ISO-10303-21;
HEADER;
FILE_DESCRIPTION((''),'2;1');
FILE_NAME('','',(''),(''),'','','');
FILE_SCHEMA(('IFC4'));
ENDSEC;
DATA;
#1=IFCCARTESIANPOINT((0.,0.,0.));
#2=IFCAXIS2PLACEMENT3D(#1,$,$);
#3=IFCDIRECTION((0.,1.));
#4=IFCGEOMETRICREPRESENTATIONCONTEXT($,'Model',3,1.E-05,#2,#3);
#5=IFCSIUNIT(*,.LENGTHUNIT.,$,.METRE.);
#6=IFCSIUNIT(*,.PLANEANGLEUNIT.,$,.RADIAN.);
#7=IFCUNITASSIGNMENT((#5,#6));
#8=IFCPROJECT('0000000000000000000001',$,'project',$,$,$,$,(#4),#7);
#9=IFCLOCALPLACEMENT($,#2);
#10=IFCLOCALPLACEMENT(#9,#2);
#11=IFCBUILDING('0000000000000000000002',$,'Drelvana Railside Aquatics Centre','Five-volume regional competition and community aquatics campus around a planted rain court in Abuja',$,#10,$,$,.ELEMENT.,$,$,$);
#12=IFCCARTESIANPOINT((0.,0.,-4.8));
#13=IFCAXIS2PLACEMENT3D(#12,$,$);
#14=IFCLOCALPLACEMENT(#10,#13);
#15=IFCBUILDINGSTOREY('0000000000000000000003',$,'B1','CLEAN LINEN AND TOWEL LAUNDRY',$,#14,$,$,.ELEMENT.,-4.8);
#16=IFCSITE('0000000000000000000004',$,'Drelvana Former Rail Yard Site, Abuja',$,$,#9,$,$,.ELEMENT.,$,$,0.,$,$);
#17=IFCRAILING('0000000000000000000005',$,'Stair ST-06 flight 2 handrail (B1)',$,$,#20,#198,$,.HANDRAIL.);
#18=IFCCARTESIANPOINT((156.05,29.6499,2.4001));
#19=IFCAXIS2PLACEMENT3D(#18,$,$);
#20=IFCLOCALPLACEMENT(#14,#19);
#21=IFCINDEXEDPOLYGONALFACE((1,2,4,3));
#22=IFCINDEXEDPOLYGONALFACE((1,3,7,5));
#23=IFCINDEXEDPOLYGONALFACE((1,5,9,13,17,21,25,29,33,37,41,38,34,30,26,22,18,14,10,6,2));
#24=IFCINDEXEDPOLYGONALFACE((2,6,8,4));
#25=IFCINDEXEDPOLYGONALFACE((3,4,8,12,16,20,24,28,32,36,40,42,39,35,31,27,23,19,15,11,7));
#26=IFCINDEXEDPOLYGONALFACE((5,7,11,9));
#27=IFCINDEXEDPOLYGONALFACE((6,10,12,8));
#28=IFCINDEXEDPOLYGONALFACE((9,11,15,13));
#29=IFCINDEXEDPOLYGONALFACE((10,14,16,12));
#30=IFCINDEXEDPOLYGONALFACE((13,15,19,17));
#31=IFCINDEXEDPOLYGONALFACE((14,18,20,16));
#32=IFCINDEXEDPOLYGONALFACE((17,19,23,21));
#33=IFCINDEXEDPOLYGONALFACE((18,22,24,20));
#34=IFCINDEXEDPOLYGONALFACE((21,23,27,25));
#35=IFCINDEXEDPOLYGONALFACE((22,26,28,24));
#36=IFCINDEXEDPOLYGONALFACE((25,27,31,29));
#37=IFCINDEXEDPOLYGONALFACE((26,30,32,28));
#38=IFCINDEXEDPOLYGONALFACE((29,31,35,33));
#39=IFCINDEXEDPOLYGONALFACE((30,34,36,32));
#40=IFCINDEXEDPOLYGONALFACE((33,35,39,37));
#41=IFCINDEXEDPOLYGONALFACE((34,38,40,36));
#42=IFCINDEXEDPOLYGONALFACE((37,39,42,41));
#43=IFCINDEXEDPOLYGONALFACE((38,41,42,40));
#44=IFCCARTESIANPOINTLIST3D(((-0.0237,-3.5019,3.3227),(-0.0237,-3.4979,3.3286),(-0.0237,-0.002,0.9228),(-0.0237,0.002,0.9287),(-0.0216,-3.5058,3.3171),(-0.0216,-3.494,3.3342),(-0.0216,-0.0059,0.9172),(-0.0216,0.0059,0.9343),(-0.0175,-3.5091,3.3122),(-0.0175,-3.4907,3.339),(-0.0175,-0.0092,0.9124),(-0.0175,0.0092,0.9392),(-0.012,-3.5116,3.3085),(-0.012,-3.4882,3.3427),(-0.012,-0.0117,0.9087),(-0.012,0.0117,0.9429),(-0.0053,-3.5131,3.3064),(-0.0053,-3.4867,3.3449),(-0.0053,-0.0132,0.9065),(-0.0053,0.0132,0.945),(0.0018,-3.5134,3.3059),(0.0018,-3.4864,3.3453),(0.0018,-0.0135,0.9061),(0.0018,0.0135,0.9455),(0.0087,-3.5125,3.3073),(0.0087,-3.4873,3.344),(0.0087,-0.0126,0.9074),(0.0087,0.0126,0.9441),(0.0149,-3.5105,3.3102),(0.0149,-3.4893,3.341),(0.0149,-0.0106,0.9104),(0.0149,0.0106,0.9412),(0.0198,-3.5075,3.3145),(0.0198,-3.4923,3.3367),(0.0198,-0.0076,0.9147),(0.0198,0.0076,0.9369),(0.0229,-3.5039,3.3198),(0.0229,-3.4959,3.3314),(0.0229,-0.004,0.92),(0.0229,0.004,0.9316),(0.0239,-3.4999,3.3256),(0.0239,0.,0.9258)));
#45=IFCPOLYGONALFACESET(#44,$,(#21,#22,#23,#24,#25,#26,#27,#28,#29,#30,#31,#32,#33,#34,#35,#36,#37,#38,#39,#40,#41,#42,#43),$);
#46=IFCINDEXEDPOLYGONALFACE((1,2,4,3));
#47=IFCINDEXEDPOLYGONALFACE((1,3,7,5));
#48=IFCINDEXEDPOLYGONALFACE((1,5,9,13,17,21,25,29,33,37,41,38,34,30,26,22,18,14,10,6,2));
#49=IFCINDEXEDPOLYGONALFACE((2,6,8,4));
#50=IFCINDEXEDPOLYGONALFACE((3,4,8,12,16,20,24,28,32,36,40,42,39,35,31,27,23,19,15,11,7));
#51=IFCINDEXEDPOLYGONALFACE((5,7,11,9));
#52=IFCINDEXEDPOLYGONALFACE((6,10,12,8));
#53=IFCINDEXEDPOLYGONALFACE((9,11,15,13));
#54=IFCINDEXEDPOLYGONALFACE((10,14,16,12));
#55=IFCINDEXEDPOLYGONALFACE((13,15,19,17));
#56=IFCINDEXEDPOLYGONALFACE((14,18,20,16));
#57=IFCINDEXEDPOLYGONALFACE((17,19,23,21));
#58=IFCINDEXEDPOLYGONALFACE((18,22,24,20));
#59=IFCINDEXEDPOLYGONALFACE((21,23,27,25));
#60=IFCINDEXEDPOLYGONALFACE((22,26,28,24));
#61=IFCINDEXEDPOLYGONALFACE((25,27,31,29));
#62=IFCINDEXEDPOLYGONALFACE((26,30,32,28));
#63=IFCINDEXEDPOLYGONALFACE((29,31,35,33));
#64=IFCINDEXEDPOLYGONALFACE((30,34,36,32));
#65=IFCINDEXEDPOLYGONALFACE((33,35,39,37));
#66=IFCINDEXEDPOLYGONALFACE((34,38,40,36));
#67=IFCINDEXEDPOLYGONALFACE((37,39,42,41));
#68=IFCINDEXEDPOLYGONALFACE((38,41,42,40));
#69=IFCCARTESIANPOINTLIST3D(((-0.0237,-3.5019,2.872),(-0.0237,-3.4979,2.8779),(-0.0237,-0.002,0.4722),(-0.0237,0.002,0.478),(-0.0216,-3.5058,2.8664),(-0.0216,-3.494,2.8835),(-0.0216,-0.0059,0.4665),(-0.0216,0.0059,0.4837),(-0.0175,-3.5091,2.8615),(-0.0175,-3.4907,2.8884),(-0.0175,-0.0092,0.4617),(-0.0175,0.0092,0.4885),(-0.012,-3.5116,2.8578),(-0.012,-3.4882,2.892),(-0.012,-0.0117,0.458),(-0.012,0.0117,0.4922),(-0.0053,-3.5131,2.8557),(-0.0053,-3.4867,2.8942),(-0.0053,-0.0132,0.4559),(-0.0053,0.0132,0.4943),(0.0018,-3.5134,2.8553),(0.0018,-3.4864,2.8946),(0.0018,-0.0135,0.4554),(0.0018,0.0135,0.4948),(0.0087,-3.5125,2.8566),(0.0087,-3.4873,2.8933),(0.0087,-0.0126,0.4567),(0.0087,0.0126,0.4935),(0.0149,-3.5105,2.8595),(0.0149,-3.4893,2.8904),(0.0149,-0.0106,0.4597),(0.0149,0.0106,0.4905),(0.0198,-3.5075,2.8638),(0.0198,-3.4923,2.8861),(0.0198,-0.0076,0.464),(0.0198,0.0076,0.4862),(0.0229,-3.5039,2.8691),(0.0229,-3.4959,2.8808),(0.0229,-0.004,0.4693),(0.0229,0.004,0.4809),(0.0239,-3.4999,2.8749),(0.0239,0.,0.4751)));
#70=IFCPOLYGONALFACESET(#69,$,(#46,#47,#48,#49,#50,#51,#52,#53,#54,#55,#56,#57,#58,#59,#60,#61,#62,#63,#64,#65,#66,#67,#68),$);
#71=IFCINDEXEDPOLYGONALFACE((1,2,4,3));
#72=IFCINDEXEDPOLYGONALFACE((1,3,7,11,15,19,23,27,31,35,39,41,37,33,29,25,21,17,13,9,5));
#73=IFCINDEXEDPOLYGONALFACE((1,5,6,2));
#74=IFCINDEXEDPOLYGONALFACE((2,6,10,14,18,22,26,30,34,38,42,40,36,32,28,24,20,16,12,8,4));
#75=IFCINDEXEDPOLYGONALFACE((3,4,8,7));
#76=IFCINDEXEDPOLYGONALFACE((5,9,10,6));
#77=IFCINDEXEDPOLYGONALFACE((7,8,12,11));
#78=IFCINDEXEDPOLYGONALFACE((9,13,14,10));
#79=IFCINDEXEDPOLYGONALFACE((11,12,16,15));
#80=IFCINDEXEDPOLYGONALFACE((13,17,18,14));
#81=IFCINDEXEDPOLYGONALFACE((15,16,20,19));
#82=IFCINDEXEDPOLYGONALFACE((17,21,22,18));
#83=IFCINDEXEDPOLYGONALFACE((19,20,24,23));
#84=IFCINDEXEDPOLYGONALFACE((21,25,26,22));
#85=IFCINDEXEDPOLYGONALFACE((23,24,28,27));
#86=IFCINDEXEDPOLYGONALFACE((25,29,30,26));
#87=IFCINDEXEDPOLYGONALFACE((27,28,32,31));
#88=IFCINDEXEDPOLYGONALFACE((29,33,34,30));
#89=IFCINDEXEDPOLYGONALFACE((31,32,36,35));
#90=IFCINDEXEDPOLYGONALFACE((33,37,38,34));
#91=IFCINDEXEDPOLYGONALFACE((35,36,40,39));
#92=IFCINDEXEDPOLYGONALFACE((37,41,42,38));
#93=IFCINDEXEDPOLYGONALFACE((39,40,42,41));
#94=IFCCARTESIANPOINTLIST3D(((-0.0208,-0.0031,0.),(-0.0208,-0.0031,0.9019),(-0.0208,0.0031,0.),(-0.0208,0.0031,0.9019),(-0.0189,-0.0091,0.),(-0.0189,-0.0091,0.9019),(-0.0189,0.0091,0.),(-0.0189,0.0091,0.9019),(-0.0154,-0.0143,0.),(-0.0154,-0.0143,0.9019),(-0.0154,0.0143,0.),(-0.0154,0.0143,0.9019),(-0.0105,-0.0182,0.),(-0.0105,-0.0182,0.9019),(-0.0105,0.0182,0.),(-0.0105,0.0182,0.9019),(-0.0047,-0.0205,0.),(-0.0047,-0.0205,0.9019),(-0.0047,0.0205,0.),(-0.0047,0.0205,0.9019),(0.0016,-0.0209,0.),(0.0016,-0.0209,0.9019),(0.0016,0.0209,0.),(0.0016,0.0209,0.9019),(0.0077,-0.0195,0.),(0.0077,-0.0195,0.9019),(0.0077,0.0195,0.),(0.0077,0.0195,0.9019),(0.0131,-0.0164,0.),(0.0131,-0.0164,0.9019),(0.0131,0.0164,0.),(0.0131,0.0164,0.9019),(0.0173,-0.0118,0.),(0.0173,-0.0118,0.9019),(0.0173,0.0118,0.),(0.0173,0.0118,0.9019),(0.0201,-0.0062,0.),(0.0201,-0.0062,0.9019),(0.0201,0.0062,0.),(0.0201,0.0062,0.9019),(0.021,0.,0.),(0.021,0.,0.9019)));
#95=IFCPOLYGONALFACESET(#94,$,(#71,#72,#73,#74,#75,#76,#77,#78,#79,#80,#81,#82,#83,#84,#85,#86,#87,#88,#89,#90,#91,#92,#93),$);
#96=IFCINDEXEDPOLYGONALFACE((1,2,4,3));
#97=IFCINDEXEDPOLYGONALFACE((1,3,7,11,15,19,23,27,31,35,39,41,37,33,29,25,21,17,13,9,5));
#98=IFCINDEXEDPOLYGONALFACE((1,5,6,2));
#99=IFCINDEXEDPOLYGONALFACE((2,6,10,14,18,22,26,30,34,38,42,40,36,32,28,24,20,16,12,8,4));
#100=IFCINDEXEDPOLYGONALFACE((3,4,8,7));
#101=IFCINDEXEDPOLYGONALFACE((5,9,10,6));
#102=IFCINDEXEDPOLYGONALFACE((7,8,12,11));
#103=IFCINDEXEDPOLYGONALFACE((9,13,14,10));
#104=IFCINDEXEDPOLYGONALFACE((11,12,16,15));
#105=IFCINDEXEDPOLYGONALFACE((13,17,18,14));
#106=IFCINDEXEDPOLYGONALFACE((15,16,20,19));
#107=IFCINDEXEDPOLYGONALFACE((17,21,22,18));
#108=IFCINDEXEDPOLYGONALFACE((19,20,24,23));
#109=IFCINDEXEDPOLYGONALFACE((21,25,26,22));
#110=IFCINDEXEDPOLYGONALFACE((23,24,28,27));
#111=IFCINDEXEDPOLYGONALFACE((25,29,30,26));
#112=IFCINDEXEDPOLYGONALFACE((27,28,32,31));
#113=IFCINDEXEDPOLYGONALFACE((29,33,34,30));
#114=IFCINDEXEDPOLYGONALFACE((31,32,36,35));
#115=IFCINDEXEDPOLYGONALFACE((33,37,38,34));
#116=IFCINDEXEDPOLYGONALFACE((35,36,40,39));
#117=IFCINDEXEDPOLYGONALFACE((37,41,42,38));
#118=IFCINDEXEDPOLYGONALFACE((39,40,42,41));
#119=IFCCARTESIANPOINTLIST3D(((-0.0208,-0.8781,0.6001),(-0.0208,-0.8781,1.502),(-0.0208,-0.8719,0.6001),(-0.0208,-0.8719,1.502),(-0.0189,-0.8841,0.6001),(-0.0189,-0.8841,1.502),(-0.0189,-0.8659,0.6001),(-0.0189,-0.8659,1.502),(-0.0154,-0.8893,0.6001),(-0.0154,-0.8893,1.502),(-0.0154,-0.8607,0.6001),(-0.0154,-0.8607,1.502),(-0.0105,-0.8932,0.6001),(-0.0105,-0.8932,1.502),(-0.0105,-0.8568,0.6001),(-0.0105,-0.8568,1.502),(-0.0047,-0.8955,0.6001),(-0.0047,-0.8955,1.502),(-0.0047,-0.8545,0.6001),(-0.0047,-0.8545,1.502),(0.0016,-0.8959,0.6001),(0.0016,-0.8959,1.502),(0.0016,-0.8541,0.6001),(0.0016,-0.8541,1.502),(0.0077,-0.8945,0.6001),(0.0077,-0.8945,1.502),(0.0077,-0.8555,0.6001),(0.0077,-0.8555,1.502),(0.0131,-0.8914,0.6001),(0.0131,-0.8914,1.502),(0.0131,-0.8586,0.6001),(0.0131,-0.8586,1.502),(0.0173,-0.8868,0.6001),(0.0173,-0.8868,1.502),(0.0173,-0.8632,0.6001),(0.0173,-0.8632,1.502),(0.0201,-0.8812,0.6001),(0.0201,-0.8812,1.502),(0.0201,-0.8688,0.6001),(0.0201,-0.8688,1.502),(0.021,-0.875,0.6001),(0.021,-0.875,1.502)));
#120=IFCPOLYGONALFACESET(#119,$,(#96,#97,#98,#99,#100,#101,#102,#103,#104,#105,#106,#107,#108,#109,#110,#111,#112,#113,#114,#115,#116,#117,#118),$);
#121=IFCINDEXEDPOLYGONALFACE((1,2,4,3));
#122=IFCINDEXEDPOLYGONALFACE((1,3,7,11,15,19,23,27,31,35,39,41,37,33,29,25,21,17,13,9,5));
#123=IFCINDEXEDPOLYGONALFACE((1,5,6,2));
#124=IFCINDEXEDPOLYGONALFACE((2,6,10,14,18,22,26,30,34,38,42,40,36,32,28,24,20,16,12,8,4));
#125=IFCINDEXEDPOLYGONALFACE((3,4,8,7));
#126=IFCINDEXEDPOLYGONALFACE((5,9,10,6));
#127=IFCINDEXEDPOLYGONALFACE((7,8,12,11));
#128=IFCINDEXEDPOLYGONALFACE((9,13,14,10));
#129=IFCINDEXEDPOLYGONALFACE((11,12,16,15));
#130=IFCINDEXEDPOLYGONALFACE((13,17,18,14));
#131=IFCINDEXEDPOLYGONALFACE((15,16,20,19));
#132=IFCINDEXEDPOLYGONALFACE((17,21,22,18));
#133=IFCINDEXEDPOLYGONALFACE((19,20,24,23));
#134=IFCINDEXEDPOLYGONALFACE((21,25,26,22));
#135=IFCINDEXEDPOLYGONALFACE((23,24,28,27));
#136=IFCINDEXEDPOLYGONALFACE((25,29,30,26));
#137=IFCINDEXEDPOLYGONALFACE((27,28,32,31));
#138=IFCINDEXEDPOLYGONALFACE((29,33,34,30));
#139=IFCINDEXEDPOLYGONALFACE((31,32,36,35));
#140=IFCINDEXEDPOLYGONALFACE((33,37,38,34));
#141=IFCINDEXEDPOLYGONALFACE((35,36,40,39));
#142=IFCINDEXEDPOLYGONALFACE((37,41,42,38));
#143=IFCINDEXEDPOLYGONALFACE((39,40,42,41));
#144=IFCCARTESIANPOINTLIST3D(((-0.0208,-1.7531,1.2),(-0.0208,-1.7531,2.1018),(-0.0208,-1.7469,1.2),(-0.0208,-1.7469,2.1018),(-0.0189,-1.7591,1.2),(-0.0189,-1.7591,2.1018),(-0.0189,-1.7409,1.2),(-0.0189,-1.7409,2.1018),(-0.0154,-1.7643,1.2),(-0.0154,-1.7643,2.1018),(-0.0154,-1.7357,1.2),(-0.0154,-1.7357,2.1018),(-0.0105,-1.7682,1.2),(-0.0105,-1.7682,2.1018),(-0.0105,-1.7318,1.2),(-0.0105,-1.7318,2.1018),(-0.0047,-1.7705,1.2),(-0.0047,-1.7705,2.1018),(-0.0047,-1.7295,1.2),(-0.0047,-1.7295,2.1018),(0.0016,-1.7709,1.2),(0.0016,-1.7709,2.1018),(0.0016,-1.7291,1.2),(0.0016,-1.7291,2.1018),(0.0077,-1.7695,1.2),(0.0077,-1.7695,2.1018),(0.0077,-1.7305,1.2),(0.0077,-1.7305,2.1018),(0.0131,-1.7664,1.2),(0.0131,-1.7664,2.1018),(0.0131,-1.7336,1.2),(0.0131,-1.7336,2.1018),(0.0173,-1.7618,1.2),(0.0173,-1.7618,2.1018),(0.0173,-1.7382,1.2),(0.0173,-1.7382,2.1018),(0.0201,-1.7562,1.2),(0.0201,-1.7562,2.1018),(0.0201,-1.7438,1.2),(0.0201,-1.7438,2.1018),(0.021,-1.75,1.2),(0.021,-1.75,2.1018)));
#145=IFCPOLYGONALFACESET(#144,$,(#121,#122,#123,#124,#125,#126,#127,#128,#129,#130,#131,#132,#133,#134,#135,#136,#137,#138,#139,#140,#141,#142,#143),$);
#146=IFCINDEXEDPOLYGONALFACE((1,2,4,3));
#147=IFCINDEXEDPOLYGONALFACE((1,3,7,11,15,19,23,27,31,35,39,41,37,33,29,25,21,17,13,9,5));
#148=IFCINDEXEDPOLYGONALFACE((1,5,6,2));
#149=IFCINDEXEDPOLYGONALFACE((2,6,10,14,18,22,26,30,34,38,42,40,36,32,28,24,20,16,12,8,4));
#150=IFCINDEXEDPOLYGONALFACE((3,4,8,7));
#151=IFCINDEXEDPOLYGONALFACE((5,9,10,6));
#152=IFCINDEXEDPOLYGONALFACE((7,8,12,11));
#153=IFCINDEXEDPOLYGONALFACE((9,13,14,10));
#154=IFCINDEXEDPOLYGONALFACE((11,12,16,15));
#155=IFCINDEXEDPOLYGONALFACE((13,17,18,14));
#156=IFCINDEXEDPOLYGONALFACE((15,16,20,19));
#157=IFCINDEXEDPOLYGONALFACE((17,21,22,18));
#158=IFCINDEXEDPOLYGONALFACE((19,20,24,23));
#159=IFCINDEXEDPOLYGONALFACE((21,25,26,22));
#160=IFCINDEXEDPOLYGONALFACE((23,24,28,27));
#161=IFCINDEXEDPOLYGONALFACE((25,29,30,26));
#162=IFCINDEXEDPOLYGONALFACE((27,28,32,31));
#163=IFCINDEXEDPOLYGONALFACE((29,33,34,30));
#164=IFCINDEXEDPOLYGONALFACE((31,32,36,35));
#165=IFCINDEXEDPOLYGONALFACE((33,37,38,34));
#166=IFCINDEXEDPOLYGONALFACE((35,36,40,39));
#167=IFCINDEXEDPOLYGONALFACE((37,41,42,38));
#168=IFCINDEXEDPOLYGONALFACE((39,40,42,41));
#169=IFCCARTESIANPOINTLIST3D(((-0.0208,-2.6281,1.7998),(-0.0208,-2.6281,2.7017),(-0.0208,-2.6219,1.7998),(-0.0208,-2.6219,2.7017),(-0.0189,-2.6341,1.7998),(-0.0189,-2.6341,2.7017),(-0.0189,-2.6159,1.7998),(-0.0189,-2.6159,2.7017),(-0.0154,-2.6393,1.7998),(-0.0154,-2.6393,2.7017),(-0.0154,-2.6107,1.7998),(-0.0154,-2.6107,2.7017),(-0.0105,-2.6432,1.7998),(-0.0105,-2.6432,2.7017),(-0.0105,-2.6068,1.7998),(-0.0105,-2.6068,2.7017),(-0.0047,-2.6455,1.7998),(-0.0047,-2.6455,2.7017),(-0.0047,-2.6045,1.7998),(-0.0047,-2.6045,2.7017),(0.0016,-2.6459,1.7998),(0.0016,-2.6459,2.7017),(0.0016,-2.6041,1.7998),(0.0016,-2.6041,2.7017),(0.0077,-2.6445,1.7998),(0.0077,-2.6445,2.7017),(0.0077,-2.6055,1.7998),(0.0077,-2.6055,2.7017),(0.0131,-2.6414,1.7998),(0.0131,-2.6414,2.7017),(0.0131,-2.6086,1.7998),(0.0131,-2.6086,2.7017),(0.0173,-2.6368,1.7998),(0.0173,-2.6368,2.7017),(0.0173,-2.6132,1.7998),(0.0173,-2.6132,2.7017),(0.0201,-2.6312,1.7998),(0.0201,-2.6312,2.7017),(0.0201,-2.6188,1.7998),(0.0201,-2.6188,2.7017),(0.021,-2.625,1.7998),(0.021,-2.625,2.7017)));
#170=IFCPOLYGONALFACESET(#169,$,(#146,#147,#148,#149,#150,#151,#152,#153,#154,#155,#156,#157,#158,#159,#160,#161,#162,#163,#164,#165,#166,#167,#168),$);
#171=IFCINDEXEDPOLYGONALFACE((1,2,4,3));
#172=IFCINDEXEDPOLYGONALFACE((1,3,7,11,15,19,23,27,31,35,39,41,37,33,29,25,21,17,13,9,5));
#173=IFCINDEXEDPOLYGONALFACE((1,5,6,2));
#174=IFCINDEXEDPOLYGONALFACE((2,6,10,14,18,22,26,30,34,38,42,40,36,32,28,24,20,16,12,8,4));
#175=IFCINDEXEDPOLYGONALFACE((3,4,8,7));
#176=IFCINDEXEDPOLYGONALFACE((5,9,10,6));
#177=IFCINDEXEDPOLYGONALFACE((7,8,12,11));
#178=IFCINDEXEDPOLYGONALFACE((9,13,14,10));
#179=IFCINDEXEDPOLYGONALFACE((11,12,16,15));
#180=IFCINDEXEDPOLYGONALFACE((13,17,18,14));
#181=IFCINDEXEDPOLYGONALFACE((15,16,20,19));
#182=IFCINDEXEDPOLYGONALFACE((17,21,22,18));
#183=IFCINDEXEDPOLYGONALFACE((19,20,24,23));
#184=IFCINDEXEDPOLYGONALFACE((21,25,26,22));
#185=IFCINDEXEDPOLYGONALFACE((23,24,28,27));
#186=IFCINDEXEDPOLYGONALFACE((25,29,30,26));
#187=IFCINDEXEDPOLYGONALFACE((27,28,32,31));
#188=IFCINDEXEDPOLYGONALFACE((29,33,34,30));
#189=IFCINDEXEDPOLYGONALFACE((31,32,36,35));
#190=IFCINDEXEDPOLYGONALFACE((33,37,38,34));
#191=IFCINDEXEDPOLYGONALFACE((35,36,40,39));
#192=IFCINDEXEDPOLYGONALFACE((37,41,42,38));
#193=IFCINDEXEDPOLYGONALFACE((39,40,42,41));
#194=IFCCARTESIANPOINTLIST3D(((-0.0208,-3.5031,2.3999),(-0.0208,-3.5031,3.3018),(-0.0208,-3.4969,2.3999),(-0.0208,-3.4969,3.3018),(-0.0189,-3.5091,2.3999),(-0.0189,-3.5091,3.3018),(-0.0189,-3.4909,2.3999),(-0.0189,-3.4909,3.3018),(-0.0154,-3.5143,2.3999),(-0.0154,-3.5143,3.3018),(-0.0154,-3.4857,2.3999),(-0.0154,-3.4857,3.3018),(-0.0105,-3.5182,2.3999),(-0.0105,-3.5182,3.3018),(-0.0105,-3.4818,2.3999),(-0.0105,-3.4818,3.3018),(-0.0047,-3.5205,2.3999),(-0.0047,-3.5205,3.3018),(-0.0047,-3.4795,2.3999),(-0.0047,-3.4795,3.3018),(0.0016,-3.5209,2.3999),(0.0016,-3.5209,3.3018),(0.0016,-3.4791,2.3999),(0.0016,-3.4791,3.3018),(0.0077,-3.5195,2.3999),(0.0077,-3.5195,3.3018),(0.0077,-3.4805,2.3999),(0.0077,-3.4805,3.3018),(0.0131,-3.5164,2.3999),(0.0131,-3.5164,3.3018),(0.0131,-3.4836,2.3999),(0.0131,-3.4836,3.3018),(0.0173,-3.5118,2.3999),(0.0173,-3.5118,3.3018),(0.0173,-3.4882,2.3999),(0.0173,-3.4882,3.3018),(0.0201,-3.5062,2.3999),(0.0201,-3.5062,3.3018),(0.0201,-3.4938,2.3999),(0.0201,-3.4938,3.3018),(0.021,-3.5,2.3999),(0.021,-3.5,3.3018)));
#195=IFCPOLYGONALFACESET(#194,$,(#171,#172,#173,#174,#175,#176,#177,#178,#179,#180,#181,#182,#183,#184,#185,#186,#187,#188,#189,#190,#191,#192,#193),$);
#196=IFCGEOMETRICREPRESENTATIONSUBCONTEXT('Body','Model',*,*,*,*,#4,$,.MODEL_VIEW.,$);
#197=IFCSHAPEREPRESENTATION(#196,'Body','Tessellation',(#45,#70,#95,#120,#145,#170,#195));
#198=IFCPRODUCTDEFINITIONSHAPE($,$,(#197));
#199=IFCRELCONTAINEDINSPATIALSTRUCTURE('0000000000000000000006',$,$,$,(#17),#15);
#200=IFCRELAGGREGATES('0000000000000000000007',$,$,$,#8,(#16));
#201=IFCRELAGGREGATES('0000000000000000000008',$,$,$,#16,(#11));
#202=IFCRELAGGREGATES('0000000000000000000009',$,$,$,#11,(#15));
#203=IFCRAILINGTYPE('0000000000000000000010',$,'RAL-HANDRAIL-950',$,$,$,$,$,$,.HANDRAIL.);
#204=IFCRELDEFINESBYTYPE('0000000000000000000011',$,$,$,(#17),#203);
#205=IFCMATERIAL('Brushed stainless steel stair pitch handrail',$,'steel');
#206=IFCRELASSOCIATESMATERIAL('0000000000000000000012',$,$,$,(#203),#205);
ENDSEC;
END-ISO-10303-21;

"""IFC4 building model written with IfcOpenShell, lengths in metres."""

from ifc_helpers import new_model, si_unit, direction, frame, origin, origin_2d, place, context, subcontext, project, spatial, circle, extrude, material, type_object, element, save


model = new_model("IFC4")

# Units and contexts
model_context = context("Model", 3, precision=1e-05, world=origin(), true_north=direction((0.0, 1.0)))
body_context = subcontext(model_context, "Body", "Model", "MODEL_VIEW")
ifc_project = project(units=[si_unit("LENGTHUNIT", "METRE"), si_unit("PLANEANGLEUNIT", "RADIAN")], contexts=[model_context])

# Site, building, storey
site_placement = place(None, origin())
site = spatial("IfcSite", under=ifc_project, at=site_placement, Name="Drelvana Former Rail Yard Site, Abuja", CompositionType="ELEMENT", RefElevation=0.0)
building_placement = place(site_placement, origin())
building = spatial("IfcBuilding", under=site, at=building_placement, Name="Drelvana Railside Aquatics Centre", Description="Five-volume regional competition and community aquatics campus around a planted rain court in Abuja", CompositionType="ELEMENT")
storey_placement = place(building_placement, frame((0.0, 0.0, -4.8)))
storey = spatial("IfcBuildingStorey", under=building, at=storey_placement, Name="B1", Description="CLEAN LINEN AND TOWEL LAUNDRY", CompositionType="ELEMENT", Elevation=-4.8)

# Railing
ifc_material_1 = material(Name="Brushed stainless steel stair pitch handrail", Category="steel")
railing_type = type_object("IfcRailingType", Name="RAL-HANDRAIL-950", PredefinedType="HANDRAIL", material=ifc_material_1)
railing_placement = place(storey_placement, frame((156.05, 29.6499, 2.4001)))
element("IfcRailing", 1, at=railing_placement, inside=storey, type_object=railing_type, Name="Stair ST-06 flight 2 handrail (B1)", PredefinedType="HANDRAIL", context=body_context, shape_type="SweptSolid", body=[
    extrude(circle(Radius=0.0239, at=origin_2d()), frame((0.0, 0.0, 0.9258), z_axis=(0.0, -0.82474, 0.565513), x_axis=(1.0, 0.0, 0.0)), (0.0, 0.0, 1.0), 4.2437),
    extrude(circle(Radius=0.0239, at=origin_2d()), frame((0.0, 0.0, 0.4751), z_axis=(0.0, -0.82474, 0.565513), x_axis=(1.0, 0.0, 0.0)), (0.0, 0.0, 1.0), 4.2437),
    extrude(circle(Radius=0.021, at=origin_2d()), origin(), (0.0, 0.0, 1.0), 0.9019),
    extrude(circle(Radius=0.021, at=origin_2d()), frame((0.0, -0.875, 0.6001)), (0.0, 0.0, 1.0), 0.9019),
    extrude(circle(Radius=0.021, at=origin_2d()), frame((0.0, -1.75, 1.2)), (0.0, 0.0, 1.0), 0.9019),
    extrude(circle(Radius=0.021, at=origin_2d()), frame((0.0, -2.625, 1.7998)), (0.0, 0.0, 1.0), 0.9019),
    extrude(circle(Radius=0.021, at=origin_2d()), frame((0.0, -3.5, 2.3999)), (0.0, 0.0, 1.0), 0.9019),
])

save(model, "model.ifc")
